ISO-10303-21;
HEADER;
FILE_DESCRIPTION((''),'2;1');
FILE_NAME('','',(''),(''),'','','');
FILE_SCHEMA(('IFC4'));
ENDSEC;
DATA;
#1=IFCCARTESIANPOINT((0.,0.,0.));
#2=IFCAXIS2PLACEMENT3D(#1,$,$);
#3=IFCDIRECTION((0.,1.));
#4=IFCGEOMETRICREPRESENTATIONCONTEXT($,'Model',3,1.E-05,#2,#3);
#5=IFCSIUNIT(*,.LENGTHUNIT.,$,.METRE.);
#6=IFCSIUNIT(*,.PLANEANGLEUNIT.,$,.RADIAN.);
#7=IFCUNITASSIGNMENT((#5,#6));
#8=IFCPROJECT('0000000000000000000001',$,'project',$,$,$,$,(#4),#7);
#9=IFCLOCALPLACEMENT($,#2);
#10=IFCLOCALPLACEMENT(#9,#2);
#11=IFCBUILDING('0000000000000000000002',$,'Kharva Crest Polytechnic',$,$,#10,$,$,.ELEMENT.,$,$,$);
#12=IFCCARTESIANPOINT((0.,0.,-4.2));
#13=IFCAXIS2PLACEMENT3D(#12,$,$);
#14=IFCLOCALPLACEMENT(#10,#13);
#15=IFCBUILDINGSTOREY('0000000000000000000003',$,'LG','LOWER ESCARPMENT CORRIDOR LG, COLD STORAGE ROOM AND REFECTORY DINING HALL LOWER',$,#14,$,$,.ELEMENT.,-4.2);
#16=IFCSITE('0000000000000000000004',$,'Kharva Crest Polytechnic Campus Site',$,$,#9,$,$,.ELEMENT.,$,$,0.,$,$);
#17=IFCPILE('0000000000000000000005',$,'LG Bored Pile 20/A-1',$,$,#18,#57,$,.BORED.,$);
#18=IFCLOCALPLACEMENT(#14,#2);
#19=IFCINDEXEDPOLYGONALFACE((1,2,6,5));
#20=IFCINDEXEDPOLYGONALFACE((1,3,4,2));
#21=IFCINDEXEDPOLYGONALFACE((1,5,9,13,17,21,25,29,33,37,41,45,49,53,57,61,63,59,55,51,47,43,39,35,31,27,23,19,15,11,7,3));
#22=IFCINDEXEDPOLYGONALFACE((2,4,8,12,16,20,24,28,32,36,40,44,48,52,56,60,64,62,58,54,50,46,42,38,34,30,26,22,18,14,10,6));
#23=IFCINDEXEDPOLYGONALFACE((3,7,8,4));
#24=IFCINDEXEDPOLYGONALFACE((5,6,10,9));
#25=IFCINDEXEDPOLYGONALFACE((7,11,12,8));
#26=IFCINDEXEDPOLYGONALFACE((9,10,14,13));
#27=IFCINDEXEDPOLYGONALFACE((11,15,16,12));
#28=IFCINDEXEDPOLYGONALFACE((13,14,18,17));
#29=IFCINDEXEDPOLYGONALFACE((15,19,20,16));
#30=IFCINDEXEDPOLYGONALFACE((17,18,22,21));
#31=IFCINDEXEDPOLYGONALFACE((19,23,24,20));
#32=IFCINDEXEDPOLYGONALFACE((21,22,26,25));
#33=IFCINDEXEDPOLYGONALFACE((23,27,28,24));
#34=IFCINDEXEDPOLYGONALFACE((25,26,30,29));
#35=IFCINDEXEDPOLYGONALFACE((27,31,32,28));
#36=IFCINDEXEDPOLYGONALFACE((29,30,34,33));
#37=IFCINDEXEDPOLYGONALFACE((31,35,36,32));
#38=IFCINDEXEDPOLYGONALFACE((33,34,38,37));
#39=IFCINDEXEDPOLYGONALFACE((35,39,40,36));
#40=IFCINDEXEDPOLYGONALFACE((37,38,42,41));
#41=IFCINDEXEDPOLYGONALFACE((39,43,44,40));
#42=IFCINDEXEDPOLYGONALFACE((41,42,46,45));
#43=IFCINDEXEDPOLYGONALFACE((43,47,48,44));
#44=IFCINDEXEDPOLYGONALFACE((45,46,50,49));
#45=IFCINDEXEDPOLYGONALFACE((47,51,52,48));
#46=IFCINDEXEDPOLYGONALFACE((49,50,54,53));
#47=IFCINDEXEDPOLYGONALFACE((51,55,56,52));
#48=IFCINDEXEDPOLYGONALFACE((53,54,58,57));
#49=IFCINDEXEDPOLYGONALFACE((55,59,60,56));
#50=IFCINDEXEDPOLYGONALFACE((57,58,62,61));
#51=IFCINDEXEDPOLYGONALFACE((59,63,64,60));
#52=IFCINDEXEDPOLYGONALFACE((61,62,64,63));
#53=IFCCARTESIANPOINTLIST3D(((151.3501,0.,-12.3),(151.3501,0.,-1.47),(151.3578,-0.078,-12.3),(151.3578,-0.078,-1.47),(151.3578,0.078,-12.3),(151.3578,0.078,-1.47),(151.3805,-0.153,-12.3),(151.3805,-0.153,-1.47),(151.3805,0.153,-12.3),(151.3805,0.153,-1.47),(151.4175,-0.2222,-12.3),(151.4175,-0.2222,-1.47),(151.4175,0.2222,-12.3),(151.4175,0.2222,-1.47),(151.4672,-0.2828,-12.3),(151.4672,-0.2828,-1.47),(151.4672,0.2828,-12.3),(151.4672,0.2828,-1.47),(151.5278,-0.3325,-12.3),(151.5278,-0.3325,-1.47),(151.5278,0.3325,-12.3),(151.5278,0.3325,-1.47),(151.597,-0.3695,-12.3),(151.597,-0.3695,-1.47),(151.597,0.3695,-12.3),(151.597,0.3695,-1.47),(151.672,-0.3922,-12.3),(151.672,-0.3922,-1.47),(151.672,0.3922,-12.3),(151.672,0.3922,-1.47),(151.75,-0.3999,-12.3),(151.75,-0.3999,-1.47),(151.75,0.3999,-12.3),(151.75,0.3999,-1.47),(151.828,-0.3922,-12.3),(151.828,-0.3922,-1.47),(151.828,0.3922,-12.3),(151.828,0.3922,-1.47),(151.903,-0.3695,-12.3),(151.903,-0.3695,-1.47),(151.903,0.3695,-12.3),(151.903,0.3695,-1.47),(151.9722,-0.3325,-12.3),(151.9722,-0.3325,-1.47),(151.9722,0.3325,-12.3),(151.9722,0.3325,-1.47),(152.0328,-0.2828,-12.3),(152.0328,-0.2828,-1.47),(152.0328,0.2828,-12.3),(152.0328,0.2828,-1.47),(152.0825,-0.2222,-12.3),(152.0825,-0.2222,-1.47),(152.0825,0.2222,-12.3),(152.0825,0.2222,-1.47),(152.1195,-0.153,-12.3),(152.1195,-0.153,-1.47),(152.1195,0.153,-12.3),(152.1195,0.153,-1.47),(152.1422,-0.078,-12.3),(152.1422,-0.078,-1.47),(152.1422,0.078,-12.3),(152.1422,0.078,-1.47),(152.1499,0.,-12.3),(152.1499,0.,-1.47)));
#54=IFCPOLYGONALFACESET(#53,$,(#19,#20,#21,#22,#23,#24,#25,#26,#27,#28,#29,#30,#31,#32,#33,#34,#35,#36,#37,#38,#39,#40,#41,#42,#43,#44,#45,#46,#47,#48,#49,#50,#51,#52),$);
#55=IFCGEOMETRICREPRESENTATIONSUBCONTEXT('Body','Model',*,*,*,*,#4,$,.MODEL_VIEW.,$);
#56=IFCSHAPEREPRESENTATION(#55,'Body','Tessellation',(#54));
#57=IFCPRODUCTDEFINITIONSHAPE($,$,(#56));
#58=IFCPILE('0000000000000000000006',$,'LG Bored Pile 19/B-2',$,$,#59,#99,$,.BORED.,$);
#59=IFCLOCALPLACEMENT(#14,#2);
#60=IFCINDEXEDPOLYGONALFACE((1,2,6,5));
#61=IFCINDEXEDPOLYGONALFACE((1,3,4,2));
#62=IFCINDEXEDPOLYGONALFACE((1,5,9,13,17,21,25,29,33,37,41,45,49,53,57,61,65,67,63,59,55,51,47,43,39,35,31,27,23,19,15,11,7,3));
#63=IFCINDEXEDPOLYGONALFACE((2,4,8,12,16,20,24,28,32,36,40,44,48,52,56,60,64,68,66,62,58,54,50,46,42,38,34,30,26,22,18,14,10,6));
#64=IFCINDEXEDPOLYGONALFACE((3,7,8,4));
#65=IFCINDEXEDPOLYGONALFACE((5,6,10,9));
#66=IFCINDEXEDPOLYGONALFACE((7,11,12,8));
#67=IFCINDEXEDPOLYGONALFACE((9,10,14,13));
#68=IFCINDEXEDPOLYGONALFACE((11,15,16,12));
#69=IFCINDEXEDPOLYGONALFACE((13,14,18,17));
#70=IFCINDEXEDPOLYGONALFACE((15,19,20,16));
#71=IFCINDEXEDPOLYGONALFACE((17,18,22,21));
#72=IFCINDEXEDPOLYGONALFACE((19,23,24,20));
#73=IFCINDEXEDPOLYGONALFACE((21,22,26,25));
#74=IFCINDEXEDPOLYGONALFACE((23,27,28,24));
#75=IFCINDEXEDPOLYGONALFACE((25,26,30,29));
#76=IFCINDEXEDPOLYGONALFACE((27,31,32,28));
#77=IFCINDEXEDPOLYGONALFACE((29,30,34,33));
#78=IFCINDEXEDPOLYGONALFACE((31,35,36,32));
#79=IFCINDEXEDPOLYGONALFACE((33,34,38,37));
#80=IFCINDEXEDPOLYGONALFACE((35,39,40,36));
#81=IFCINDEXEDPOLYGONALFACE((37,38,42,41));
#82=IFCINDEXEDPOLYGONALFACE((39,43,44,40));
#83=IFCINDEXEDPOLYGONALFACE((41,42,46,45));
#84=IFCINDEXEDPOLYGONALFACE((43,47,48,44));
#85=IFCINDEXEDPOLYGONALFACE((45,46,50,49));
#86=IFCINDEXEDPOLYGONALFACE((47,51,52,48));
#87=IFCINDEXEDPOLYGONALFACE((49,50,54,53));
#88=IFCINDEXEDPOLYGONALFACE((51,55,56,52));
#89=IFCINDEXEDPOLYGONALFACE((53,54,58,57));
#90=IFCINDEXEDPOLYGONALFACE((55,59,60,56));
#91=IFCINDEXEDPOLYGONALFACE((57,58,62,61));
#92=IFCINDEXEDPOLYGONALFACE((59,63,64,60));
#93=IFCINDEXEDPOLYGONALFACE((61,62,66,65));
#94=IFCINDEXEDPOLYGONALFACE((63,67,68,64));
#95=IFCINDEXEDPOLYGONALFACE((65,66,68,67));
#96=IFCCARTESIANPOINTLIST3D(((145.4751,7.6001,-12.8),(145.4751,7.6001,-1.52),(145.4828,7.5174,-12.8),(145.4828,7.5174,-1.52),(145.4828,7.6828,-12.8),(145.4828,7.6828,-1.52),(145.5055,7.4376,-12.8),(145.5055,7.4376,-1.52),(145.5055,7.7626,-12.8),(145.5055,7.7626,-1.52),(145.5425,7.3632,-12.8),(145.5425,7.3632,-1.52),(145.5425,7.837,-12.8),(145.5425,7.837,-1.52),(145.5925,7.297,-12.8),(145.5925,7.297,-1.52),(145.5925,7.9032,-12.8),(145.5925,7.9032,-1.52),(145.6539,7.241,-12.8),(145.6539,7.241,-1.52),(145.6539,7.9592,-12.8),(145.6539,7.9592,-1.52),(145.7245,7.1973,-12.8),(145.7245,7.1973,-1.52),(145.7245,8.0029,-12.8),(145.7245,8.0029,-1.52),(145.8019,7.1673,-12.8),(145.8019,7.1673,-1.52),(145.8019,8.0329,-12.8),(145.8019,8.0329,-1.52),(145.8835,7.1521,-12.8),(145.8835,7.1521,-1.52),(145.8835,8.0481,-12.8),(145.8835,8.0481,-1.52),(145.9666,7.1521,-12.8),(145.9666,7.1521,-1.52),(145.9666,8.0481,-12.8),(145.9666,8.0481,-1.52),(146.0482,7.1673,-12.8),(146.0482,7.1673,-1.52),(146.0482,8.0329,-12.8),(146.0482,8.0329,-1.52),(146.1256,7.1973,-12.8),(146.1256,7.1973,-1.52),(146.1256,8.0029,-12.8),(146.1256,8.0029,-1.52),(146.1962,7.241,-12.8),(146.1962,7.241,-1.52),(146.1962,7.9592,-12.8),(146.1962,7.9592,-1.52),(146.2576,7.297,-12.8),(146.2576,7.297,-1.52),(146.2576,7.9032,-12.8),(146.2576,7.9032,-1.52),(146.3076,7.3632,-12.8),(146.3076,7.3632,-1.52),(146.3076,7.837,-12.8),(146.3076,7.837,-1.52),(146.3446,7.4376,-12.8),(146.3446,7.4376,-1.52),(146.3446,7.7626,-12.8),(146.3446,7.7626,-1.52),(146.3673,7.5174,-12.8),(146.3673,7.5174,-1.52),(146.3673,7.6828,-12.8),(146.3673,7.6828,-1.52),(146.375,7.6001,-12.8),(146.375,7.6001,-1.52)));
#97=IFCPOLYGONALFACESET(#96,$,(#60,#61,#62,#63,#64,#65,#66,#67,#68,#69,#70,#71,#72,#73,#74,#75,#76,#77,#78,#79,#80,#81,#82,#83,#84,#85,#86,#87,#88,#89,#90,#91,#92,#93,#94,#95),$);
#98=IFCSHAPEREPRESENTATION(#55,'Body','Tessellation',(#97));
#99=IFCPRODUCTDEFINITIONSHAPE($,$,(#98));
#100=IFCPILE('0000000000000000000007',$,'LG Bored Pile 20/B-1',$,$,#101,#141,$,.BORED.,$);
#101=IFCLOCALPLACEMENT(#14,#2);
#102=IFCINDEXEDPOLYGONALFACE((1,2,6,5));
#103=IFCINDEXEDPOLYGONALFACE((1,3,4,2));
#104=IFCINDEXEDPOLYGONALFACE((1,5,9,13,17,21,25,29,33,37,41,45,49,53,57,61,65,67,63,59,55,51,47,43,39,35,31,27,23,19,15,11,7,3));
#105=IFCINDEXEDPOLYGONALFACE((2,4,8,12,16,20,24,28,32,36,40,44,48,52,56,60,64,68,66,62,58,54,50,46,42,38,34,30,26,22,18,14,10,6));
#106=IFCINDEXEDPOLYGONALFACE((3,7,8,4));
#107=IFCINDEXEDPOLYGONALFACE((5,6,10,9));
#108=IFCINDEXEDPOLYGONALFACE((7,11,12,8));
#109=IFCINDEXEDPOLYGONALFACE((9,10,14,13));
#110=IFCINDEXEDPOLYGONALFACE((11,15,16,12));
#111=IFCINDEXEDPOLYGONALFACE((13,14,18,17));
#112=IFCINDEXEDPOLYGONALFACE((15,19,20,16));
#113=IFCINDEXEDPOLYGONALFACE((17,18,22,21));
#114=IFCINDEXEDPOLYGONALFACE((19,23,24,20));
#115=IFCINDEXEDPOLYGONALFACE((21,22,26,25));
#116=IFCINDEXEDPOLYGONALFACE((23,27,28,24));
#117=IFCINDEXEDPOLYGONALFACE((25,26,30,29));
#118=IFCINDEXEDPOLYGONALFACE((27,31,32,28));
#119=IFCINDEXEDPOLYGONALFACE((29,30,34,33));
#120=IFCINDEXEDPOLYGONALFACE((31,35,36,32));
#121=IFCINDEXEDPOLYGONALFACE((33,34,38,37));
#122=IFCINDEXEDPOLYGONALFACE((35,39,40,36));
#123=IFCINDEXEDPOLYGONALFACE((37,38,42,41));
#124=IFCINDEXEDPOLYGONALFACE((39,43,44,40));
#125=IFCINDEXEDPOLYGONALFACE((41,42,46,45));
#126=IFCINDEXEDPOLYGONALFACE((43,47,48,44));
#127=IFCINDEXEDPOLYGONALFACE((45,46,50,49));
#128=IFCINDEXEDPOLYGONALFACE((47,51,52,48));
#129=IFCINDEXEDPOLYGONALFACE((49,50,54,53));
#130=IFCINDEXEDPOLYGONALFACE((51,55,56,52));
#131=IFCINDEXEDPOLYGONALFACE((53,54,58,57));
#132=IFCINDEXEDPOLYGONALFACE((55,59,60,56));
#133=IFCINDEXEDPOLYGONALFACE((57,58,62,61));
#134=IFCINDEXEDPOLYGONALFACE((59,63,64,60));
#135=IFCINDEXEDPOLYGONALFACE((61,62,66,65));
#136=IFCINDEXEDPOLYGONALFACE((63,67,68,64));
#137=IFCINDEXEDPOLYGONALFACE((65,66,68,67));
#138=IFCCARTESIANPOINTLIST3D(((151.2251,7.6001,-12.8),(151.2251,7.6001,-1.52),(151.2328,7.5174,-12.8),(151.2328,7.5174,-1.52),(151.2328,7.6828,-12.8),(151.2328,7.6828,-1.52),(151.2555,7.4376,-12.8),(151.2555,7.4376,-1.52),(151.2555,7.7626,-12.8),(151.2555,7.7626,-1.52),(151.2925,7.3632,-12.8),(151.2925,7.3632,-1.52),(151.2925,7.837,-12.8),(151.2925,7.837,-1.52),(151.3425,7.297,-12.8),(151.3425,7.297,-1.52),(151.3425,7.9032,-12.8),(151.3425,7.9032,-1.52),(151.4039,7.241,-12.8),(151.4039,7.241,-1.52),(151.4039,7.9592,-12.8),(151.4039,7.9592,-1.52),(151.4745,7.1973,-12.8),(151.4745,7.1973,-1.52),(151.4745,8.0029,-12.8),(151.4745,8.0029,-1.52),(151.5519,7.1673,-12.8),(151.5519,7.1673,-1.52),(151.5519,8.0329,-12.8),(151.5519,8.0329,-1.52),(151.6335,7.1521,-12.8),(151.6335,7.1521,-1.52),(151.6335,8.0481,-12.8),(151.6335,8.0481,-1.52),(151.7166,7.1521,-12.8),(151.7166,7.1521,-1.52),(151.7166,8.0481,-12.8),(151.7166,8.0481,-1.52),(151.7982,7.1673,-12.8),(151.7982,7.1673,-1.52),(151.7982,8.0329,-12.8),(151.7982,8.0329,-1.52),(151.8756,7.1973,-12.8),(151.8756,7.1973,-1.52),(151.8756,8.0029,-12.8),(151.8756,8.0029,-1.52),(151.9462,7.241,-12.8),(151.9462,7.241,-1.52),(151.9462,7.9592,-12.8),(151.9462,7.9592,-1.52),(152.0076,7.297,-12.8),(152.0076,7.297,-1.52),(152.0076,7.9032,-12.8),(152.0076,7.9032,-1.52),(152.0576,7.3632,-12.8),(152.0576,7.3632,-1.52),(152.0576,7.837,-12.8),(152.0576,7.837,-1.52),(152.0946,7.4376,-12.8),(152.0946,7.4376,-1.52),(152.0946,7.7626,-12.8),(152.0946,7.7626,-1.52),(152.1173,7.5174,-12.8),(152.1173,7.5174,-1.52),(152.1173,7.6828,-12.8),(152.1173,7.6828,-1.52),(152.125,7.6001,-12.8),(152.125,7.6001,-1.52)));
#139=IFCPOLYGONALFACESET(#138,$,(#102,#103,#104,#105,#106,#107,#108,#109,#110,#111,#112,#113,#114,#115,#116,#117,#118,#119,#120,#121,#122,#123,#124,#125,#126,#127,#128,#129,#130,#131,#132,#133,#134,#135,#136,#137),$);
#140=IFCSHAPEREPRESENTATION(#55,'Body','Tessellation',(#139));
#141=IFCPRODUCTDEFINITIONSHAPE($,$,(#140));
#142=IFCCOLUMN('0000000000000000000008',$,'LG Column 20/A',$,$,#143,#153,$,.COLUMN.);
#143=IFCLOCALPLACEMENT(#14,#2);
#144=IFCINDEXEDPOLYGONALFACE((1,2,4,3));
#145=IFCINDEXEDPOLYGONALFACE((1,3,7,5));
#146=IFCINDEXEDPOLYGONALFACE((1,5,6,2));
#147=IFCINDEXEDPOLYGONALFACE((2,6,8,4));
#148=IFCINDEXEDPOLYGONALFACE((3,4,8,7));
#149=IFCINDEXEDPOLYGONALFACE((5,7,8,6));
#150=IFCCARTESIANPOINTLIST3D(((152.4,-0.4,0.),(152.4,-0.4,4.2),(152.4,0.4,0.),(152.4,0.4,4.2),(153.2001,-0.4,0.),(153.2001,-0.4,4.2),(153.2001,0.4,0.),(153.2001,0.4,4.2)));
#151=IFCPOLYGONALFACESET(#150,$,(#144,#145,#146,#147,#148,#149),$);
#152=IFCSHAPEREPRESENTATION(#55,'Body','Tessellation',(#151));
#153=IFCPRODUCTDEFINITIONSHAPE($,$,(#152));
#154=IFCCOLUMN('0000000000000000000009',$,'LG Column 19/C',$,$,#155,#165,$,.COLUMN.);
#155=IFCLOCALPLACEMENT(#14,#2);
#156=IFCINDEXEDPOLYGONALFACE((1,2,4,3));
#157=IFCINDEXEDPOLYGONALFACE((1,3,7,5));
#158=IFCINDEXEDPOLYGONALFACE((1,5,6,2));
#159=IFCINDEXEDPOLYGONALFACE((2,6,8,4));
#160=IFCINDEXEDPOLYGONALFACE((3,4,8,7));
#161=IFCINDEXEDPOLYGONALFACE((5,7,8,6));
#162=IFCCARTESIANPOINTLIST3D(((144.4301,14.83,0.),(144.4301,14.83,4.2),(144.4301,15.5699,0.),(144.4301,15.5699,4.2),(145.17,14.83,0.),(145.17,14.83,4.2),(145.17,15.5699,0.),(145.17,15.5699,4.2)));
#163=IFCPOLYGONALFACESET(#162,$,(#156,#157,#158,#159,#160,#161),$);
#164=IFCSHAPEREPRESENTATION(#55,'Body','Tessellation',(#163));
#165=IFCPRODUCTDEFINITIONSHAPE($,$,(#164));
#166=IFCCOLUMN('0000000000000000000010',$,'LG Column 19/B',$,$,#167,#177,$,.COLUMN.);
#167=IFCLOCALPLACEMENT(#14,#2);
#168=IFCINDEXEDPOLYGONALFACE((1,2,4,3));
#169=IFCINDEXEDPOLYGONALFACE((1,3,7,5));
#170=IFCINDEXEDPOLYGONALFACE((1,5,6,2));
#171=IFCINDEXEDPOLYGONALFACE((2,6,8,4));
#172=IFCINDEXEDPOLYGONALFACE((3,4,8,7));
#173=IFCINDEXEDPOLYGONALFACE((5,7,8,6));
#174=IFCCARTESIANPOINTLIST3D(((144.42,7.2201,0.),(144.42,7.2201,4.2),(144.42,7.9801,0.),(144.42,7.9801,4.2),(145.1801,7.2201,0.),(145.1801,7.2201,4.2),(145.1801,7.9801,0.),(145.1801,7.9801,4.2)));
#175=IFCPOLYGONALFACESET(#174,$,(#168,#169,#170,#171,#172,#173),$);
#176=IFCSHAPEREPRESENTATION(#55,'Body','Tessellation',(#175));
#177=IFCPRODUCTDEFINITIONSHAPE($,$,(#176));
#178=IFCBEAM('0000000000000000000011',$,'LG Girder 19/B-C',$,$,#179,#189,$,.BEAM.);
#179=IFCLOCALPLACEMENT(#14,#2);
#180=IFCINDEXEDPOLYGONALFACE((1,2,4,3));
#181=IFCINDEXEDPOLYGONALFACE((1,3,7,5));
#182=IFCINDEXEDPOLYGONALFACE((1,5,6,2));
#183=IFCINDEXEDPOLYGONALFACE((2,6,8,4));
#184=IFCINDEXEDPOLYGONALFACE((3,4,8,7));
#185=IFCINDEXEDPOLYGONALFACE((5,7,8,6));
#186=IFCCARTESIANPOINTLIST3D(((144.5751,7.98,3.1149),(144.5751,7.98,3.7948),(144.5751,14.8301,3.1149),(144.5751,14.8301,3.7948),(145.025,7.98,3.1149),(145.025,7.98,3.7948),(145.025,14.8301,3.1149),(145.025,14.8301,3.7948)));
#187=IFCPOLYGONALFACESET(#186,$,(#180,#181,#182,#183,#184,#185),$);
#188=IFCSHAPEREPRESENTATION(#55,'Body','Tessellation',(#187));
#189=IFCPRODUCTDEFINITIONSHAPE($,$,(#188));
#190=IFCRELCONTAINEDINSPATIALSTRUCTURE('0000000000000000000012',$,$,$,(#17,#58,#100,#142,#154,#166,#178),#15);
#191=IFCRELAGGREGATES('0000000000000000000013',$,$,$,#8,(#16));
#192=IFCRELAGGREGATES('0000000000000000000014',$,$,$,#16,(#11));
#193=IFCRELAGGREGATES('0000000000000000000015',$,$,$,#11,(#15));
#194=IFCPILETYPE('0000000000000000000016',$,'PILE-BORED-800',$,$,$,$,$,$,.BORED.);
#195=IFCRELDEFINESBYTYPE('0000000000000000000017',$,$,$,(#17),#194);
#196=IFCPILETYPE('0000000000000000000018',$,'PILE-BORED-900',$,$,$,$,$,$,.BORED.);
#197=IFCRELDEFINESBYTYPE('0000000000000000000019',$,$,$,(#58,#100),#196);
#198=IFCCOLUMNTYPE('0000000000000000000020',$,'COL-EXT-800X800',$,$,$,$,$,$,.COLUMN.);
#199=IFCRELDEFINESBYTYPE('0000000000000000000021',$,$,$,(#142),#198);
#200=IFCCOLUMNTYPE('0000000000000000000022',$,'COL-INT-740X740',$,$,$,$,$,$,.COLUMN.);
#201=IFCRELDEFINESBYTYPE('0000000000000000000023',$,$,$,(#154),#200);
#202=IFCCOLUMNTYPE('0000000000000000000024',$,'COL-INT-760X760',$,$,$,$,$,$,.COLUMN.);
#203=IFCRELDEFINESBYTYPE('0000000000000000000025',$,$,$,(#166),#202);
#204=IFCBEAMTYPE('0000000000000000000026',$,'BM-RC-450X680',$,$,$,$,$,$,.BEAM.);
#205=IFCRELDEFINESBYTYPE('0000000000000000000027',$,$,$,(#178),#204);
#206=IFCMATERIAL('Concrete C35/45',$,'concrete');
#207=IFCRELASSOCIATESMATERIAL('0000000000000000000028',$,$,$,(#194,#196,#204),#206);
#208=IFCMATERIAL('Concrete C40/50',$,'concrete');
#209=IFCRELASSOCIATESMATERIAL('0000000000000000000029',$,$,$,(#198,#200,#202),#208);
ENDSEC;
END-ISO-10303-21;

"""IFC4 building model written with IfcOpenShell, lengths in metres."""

from ifc_helpers import new_model, si_unit, direction, frame, origin, origin_2d, place, context, subcontext, project, spatial, rectangle, circle, extrude, material, material_profile, profile_set, type_object, element, save


model = new_model("IFC4")

# Units and contexts
model_context = context("Model", 3, precision=1e-05, world=origin(), true_north=direction((0.0, 1.0)))
body_context = subcontext(model_context, "Body", "Model", "MODEL_VIEW")
ifc_project = project(units=[si_unit("LENGTHUNIT", "METRE"), si_unit("PLANEANGLEUNIT", "RADIAN")], contexts=[model_context])

# Site, building, storey
site_placement = place(None, origin())
site = spatial("IfcSite", under=ifc_project, at=site_placement, Name="Kharva Crest Polytechnic Campus Site", CompositionType="ELEMENT", RefElevation=0.0)
building_placement = place(site_placement, origin())
building = spatial("IfcBuilding", under=site, at=building_placement, Name="Kharva Crest Polytechnic", CompositionType="ELEMENT")
storey_placement = place(building_placement, frame((0.0, 0.0, -4.2)))
storey = spatial("IfcBuildingStorey", under=building, at=storey_placement, Name="LG", Description="LOWER ESCARPMENT CORRIDOR LG, COLD STORAGE ROOM AND REFECTORY DINING HALL LOWER", CompositionType="ELEMENT", Elevation=-4.2)

# Shared definitions
ifc_material_1 = material(Name="Concrete C35/45", Category="concrete")

# Piles
ifc_material_profile_1 = material_profile(ifc_material_1, circle(Radius=0.3999, at=origin_2d()), Name="DIA 800")
ifc_profile_set_1 = profile_set([ifc_material_profile_1], Name="Concrete C35/45")
pile_type_1 = type_object("IfcPileType", Name="PILE-BORED-800", PredefinedType="BORED", material=ifc_profile_set_1)
for number, where, z_axis, x_axis, name in (
    (1, (151.75, 0.0, -1.47), (0.0, 0.0, -1.0), (1.0, 0.0, 0.0), "LG Bored Pile 20/A-1"),
):
    element("IfcPile", number, at=place(storey_placement, frame(where, z_axis=z_axis, x_axis=x_axis)), inside=storey, type_object=pile_type_1, Name=name, PredefinedType="BORED", context=body_context, shape_type="SweptSolid", body=[
        extrude(circle(Radius=0.3999, at=origin_2d()), origin(), (0.0, 0.0, 1.0), 10.8301),
    ])
ifc_material_profile_2 = material_profile(ifc_material_1, circle(Radius=0.45, at=origin_2d()), Name="DIA 900")
ifc_profile_set_2 = profile_set([ifc_material_profile_2], Name="Concrete C35/45")
pile_type_2 = type_object("IfcPileType", Name="PILE-BORED-900", PredefinedType="BORED", material=ifc_profile_set_2)
for number, where, z_axis, x_axis, name in (
    (2, (145.925, 7.6001, -1.52), (0.0, 0.0, -1.0), (1.0, 0.0, 0.0), "LG Bored Pile 19/B-2"),
    (3, (151.675, 7.6001, -1.52), (0.0, 0.0, -1.0), (1.0, 0.0, 0.0), "LG Bored Pile 20/B-1"),
):
    element("IfcPile", number, at=place(storey_placement, frame(where, z_axis=z_axis, x_axis=x_axis)), inside=storey, type_object=pile_type_2, Name=name, PredefinedType="BORED", context=body_context, shape_type="SweptSolid", body=[
        extrude(circle(Radius=0.45, at=origin_2d()), origin(), (0.0, 0.0, 1.0), 11.28),
    ])

# Columns
ifc_material_2 = material(Name="Concrete C40/50", Category="concrete")
ifc_material_profile_3 = material_profile(ifc_material_2, rectangle(XDim=0.8, YDim=0.8, at=origin_2d()), Name="RECT 800 X 800")
ifc_profile_set_3 = profile_set([ifc_material_profile_3], Name="Concrete C40/50")
column_type_1 = type_object("IfcColumnType", Name="COL-EXT-800X800", PredefinedType="COLUMN", material=ifc_profile_set_3)
column_1_placement = place(storey_placement, frame((152.8, 0.0, 0.0), z_axis=(0.0, 0.0, 1.0), x_axis=(1.0, 0.0, 0.0)))
element("IfcColumn", 4, at=column_1_placement, inside=storey, type_object=column_type_1, Name="LG Column 20/A", PredefinedType="COLUMN", context=body_context, shape_type="SweptSolid", body=[
    extrude(rectangle(XDim=0.8, YDim=0.8, at=origin_2d()), origin(), (0.0, 0.0, 1.0), 4.2),
])
ifc_material_profile_4 = material_profile(ifc_material_2, rectangle(XDim=0.74, YDim=0.74, at=origin_2d()), Name="RECT 740 X 740")
ifc_profile_set_4 = profile_set([ifc_material_profile_4], Name="Concrete C40/50")
column_type_2 = type_object("IfcColumnType", Name="COL-INT-740X740", PredefinedType="COLUMN", material=ifc_profile_set_4)
column_2_placement = place(storey_placement, frame((144.8, 15.2, 0.0), z_axis=(0.0, 0.0, 1.0), x_axis=(1.0, 0.0, 0.0)))
element("IfcColumn", 5, at=column_2_placement, inside=storey, type_object=column_type_2, Name="LG Column 19/C", PredefinedType="COLUMN", context=body_context, shape_type="SweptSolid", body=[
    extrude(rectangle(XDim=0.74, YDim=0.74, at=origin_2d()), origin(), (0.0, 0.0, 1.0), 4.2),
])
ifc_material_profile_5 = material_profile(ifc_material_2, rectangle(XDim=0.76, YDim=0.76, at=origin_2d()), Name="RECT 760 X 760")
ifc_profile_set_5 = profile_set([ifc_material_profile_5], Name="Concrete C40/50")
column_type_3 = type_object("IfcColumnType", Name="COL-INT-760X760", PredefinedType="COLUMN", material=ifc_profile_set_5)
column_3_placement = place(storey_placement, frame((144.8, 7.6001, 0.0), z_axis=(0.0, 0.0, 1.0), x_axis=(1.0, 0.0, 0.0)))
element("IfcColumn", 6, at=column_3_placement, inside=storey, type_object=column_type_3, Name="LG Column 19/B", PredefinedType="COLUMN", context=body_context, shape_type="SweptSolid", body=[
    extrude(rectangle(XDim=0.76, YDim=0.76, at=origin_2d()), origin(), (0.0, 0.0, 1.0), 4.2),
])

# Beam
ifc_material_profile_6 = material_profile(ifc_material_1, rectangle(XDim=0.45, YDim=0.6799, at=origin_2d()), Name="RECT 450 X 680")
ifc_profile_set_6 = profile_set([ifc_material_profile_6], Name="Concrete C35/45")
beam_type_1 = type_object("IfcBeamType", Name="BM-RC-450X680", PredefinedType="BEAM", material=ifc_profile_set_6)
beam_1_placement = place(storey_placement, frame((144.8, 7.98, 3.4548), z_axis=(0.0, 1.0, 0.0), x_axis=(-1.0, 0.0, 0.0)))
element("IfcBeam", 7, at=beam_1_placement, inside=storey, type_object=beam_type_1, Name="LG Girder 19/B-C", PredefinedType="BEAM", context=body_context, shape_type="SweptSolid", body=[
    extrude(rectangle(XDim=0.45, YDim=0.6799, at=origin_2d()), origin(), (0.0, 0.0, 1.0), 6.8501),
])

save(model, "model.ifc")
